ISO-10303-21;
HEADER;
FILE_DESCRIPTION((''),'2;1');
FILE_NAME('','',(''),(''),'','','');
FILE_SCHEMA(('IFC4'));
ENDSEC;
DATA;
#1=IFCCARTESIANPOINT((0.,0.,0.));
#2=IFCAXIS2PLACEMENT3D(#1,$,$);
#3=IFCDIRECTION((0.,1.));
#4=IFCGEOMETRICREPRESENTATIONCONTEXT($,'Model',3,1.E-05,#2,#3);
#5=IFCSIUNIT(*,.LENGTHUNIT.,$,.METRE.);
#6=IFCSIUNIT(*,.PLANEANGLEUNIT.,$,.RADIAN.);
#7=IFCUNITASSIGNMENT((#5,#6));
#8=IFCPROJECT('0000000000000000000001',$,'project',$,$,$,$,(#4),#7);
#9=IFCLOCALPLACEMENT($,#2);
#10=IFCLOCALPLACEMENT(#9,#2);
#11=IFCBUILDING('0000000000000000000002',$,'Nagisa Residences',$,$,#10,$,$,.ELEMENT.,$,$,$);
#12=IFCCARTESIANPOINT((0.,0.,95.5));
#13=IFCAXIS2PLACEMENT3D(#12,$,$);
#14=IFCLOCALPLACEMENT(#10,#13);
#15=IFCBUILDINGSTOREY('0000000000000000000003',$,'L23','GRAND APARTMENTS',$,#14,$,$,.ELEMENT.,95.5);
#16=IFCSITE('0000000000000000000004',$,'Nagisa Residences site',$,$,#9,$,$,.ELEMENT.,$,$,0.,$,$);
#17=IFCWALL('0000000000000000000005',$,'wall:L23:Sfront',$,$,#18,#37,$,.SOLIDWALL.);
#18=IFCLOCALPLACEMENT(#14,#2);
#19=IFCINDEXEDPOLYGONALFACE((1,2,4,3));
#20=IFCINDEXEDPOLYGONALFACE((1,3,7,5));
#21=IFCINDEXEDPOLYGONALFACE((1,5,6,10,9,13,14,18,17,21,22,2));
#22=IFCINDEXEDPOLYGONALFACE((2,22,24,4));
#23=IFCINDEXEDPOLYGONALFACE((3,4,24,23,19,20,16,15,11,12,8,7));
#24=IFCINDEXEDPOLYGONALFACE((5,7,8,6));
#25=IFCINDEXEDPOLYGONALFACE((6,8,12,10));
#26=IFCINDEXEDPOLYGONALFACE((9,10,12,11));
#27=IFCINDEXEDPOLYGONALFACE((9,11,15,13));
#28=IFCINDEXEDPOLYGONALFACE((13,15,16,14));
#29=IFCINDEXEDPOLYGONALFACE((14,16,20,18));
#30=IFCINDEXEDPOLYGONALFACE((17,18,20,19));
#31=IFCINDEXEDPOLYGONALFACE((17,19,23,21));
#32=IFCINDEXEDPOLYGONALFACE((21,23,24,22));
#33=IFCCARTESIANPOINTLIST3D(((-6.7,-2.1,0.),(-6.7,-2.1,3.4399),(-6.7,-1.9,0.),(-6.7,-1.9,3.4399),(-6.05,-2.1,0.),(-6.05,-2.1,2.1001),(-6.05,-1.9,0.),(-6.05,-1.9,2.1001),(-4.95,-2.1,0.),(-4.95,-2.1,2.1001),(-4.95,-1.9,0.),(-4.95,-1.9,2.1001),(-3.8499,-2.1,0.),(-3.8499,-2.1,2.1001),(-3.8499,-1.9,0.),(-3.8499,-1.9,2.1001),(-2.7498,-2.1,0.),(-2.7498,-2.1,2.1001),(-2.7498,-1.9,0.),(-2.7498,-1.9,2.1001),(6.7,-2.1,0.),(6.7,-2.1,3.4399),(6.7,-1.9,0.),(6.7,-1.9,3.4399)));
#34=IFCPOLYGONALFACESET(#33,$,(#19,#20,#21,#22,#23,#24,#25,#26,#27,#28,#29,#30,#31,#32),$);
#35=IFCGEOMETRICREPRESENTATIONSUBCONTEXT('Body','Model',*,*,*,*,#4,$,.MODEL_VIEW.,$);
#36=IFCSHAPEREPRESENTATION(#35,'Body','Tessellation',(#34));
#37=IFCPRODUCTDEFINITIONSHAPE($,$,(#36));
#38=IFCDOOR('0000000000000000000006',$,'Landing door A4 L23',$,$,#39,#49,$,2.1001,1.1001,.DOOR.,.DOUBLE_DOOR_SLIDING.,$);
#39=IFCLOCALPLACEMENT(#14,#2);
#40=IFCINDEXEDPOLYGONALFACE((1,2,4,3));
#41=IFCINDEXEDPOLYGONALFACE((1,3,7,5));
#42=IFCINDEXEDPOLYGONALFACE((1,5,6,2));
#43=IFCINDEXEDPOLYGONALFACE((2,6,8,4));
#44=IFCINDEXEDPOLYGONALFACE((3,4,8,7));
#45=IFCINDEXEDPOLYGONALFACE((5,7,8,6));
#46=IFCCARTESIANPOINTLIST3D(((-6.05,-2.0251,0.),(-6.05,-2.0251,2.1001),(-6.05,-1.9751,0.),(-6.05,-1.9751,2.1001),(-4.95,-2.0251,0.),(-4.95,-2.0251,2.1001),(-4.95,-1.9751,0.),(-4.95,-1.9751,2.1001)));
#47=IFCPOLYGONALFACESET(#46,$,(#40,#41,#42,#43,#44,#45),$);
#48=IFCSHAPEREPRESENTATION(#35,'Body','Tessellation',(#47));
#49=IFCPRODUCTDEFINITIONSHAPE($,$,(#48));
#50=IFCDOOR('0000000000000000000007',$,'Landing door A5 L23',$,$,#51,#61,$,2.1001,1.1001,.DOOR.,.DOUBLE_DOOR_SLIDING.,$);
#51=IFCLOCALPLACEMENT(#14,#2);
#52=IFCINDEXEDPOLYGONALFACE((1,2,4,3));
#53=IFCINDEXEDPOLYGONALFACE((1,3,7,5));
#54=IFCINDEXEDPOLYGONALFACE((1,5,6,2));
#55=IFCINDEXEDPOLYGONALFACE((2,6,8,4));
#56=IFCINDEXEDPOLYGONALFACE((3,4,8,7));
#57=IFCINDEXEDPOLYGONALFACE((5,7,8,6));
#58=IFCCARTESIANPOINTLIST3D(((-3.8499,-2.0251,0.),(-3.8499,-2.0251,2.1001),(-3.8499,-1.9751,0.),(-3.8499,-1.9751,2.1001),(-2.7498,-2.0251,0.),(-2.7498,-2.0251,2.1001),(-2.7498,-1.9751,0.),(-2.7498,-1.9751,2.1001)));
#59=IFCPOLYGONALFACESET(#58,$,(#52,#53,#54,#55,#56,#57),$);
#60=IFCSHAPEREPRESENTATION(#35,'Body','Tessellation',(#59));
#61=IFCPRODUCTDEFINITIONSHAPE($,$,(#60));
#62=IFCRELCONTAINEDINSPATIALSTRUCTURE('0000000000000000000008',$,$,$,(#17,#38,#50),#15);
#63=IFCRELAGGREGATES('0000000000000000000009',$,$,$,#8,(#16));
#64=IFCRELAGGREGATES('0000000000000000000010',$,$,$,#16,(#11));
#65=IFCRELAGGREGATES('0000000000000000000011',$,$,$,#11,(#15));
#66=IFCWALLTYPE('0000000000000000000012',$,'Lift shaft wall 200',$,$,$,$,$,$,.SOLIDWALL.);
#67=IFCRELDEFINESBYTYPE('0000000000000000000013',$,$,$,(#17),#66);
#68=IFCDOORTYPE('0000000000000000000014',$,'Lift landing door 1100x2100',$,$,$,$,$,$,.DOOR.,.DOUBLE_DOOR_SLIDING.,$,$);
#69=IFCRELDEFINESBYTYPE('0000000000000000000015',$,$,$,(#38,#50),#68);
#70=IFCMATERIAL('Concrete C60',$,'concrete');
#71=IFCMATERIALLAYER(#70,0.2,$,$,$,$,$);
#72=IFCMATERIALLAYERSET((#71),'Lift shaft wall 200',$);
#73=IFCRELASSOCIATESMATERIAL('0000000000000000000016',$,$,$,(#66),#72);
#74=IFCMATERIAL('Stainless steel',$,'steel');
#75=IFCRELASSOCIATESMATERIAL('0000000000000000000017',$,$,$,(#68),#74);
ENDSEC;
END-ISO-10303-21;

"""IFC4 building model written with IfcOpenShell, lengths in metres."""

from ifc_helpers import new_model, si_unit, direction, frame, frame_2d, origin, place, context, subcontext, project, spatial, rectangle, extrude, material, layer, layer_set, type_object, element, fill, save


model = new_model("IFC4")

# Units and contexts
model_context = context("Model", 3, precision=1e-05, world=origin(), true_north=direction((0.0, 1.0)))
body_context = subcontext(model_context, "Body", "Model", "MODEL_VIEW")
ifc_project = project(units=[si_unit("LENGTHUNIT", "METRE"), si_unit("PLANEANGLEUNIT", "RADIAN")], contexts=[model_context])

# Site, building, storey
site_placement = place(None, origin())
site = spatial("IfcSite", under=ifc_project, at=site_placement, Name="Nagisa Residences site", CompositionType="ELEMENT", RefElevation=0.0)
building_placement = place(site_placement, origin())
building = spatial("IfcBuilding", under=site, at=building_placement, Name="Nagisa Residences", CompositionType="ELEMENT")
storey_placement = place(building_placement, frame((0.0, 0.0, 95.5)))
storey = spatial("IfcBuildingStorey", under=building, at=storey_placement, Name="L23", Description="GRAND APARTMENTS", CompositionType="ELEMENT", Elevation=95.5)

# Wall, openings, doors
ifc_material_1 = material(Name="Concrete C60", Category="concrete")
ifc_layer_1 = layer(ifc_material_1, 0.2)
ifc_layer_set_1 = layer_set([ifc_layer_1], Name="Lift shaft wall 200")
wall_type = type_object("IfcWallType", Name="Lift shaft wall 200", PredefinedType="SOLIDWALL", material=ifc_layer_set_1)
wall_placement = place(storey_placement, frame((-6.7, -2.0, 0.0), z_axis=(0.0, 0.0, 1.0), x_axis=(1.0, 0.0, 0.0)))
wall = element("IfcWall", 1, at=wall_placement, inside=storey, type_object=wall_type, Name="wall:L23:Sfront", PredefinedType="SOLIDWALL", context=body_context, shape_type="SweptSolid", body=[
    extrude(rectangle(XDim=13.3999, YDim=0.2, at=frame_2d((6.7, 0.0))), origin(), (0.0, 0.0, 1.0), 3.4399),
])
opening_1_placement = place(wall_placement, frame((0.6499, 0.0, 0.0)))
opening_1 = element("IfcOpeningElement", 2, at=opening_1_placement, cuts=wall, PredefinedType="OPENING", context=body_context, shape_type="SweptSolid", body=[
    extrude(rectangle(XDim=1.1001, YDim=2.1001, at=frame_2d((0.55, 1.05))), frame((0.0, 0.1099, 0.0), z_axis=(0.0, -1.0, 0.0), x_axis=(1.0, 0.0, 0.0)), (0.0, 0.0, 1.0), 0.22),
])
opening_2_placement = place(wall_placement, frame((2.8501, 0.0, 0.0)))
opening_2 = element("IfcOpeningElement", 3, at=opening_2_placement, cuts=wall, PredefinedType="OPENING", context=body_context, shape_type="SweptSolid", body=[
    extrude(rectangle(XDim=1.1001, YDim=2.1001, at=frame_2d((0.55, 1.05))), frame((0.0, 0.1099, 0.0), z_axis=(0.0, -1.0, 0.0), x_axis=(1.0, 0.0, 0.0)), (0.0, 0.0, 1.0), 0.22),
])
ifc_material_2 = material(Name="Stainless steel", Category="steel")
door_type = type_object("IfcDoorType", Name="Lift landing door 1100x2100", OperationType="DOUBLE_DOOR_SLIDING", PredefinedType="DOOR", material=ifc_material_2)
door_1_placement = place(opening_1_placement, origin())
door_1 = element("IfcDoor", 4, at=door_1_placement, inside=storey, type_object=door_type, Name="Landing door A4 L23", OperationType="DOUBLE_DOOR_SLIDING", OverallHeight=2.1001, OverallWidth=1.1001, PredefinedType="DOOR", context=body_context, shape_type="SweptSolid", body=[
    extrude(rectangle(XDim=1.1001, YDim=2.1001, at=frame_2d((0.55, 1.05))), frame((0.0, 0.0249, 0.0), z_axis=(0.0, -1.0, 0.0), x_axis=(1.0, 0.0, 0.0)), (0.0, 0.0, 1.0), 0.05),
])
fill(opening_1, door_1)
door_2_placement = place(opening_2_placement, origin())
door_2 = element("IfcDoor", 5, at=door_2_placement, inside=storey, type_object=door_type, Name="Landing door A5 L23", OperationType="DOUBLE_DOOR_SLIDING", OverallHeight=2.1001, OverallWidth=1.1001, PredefinedType="DOOR", context=body_context, shape_type="SweptSolid", body=[
    extrude(rectangle(XDim=1.1001, YDim=2.1001, at=frame_2d((0.55, 1.05))), frame((0.0, 0.0249, 0.0), z_axis=(0.0, -1.0, 0.0), x_axis=(1.0, 0.0, 0.0)), (0.0, 0.0, 1.0), 0.05),
])
fill(opening_2, door_2)

save(model, "model.ifc")
